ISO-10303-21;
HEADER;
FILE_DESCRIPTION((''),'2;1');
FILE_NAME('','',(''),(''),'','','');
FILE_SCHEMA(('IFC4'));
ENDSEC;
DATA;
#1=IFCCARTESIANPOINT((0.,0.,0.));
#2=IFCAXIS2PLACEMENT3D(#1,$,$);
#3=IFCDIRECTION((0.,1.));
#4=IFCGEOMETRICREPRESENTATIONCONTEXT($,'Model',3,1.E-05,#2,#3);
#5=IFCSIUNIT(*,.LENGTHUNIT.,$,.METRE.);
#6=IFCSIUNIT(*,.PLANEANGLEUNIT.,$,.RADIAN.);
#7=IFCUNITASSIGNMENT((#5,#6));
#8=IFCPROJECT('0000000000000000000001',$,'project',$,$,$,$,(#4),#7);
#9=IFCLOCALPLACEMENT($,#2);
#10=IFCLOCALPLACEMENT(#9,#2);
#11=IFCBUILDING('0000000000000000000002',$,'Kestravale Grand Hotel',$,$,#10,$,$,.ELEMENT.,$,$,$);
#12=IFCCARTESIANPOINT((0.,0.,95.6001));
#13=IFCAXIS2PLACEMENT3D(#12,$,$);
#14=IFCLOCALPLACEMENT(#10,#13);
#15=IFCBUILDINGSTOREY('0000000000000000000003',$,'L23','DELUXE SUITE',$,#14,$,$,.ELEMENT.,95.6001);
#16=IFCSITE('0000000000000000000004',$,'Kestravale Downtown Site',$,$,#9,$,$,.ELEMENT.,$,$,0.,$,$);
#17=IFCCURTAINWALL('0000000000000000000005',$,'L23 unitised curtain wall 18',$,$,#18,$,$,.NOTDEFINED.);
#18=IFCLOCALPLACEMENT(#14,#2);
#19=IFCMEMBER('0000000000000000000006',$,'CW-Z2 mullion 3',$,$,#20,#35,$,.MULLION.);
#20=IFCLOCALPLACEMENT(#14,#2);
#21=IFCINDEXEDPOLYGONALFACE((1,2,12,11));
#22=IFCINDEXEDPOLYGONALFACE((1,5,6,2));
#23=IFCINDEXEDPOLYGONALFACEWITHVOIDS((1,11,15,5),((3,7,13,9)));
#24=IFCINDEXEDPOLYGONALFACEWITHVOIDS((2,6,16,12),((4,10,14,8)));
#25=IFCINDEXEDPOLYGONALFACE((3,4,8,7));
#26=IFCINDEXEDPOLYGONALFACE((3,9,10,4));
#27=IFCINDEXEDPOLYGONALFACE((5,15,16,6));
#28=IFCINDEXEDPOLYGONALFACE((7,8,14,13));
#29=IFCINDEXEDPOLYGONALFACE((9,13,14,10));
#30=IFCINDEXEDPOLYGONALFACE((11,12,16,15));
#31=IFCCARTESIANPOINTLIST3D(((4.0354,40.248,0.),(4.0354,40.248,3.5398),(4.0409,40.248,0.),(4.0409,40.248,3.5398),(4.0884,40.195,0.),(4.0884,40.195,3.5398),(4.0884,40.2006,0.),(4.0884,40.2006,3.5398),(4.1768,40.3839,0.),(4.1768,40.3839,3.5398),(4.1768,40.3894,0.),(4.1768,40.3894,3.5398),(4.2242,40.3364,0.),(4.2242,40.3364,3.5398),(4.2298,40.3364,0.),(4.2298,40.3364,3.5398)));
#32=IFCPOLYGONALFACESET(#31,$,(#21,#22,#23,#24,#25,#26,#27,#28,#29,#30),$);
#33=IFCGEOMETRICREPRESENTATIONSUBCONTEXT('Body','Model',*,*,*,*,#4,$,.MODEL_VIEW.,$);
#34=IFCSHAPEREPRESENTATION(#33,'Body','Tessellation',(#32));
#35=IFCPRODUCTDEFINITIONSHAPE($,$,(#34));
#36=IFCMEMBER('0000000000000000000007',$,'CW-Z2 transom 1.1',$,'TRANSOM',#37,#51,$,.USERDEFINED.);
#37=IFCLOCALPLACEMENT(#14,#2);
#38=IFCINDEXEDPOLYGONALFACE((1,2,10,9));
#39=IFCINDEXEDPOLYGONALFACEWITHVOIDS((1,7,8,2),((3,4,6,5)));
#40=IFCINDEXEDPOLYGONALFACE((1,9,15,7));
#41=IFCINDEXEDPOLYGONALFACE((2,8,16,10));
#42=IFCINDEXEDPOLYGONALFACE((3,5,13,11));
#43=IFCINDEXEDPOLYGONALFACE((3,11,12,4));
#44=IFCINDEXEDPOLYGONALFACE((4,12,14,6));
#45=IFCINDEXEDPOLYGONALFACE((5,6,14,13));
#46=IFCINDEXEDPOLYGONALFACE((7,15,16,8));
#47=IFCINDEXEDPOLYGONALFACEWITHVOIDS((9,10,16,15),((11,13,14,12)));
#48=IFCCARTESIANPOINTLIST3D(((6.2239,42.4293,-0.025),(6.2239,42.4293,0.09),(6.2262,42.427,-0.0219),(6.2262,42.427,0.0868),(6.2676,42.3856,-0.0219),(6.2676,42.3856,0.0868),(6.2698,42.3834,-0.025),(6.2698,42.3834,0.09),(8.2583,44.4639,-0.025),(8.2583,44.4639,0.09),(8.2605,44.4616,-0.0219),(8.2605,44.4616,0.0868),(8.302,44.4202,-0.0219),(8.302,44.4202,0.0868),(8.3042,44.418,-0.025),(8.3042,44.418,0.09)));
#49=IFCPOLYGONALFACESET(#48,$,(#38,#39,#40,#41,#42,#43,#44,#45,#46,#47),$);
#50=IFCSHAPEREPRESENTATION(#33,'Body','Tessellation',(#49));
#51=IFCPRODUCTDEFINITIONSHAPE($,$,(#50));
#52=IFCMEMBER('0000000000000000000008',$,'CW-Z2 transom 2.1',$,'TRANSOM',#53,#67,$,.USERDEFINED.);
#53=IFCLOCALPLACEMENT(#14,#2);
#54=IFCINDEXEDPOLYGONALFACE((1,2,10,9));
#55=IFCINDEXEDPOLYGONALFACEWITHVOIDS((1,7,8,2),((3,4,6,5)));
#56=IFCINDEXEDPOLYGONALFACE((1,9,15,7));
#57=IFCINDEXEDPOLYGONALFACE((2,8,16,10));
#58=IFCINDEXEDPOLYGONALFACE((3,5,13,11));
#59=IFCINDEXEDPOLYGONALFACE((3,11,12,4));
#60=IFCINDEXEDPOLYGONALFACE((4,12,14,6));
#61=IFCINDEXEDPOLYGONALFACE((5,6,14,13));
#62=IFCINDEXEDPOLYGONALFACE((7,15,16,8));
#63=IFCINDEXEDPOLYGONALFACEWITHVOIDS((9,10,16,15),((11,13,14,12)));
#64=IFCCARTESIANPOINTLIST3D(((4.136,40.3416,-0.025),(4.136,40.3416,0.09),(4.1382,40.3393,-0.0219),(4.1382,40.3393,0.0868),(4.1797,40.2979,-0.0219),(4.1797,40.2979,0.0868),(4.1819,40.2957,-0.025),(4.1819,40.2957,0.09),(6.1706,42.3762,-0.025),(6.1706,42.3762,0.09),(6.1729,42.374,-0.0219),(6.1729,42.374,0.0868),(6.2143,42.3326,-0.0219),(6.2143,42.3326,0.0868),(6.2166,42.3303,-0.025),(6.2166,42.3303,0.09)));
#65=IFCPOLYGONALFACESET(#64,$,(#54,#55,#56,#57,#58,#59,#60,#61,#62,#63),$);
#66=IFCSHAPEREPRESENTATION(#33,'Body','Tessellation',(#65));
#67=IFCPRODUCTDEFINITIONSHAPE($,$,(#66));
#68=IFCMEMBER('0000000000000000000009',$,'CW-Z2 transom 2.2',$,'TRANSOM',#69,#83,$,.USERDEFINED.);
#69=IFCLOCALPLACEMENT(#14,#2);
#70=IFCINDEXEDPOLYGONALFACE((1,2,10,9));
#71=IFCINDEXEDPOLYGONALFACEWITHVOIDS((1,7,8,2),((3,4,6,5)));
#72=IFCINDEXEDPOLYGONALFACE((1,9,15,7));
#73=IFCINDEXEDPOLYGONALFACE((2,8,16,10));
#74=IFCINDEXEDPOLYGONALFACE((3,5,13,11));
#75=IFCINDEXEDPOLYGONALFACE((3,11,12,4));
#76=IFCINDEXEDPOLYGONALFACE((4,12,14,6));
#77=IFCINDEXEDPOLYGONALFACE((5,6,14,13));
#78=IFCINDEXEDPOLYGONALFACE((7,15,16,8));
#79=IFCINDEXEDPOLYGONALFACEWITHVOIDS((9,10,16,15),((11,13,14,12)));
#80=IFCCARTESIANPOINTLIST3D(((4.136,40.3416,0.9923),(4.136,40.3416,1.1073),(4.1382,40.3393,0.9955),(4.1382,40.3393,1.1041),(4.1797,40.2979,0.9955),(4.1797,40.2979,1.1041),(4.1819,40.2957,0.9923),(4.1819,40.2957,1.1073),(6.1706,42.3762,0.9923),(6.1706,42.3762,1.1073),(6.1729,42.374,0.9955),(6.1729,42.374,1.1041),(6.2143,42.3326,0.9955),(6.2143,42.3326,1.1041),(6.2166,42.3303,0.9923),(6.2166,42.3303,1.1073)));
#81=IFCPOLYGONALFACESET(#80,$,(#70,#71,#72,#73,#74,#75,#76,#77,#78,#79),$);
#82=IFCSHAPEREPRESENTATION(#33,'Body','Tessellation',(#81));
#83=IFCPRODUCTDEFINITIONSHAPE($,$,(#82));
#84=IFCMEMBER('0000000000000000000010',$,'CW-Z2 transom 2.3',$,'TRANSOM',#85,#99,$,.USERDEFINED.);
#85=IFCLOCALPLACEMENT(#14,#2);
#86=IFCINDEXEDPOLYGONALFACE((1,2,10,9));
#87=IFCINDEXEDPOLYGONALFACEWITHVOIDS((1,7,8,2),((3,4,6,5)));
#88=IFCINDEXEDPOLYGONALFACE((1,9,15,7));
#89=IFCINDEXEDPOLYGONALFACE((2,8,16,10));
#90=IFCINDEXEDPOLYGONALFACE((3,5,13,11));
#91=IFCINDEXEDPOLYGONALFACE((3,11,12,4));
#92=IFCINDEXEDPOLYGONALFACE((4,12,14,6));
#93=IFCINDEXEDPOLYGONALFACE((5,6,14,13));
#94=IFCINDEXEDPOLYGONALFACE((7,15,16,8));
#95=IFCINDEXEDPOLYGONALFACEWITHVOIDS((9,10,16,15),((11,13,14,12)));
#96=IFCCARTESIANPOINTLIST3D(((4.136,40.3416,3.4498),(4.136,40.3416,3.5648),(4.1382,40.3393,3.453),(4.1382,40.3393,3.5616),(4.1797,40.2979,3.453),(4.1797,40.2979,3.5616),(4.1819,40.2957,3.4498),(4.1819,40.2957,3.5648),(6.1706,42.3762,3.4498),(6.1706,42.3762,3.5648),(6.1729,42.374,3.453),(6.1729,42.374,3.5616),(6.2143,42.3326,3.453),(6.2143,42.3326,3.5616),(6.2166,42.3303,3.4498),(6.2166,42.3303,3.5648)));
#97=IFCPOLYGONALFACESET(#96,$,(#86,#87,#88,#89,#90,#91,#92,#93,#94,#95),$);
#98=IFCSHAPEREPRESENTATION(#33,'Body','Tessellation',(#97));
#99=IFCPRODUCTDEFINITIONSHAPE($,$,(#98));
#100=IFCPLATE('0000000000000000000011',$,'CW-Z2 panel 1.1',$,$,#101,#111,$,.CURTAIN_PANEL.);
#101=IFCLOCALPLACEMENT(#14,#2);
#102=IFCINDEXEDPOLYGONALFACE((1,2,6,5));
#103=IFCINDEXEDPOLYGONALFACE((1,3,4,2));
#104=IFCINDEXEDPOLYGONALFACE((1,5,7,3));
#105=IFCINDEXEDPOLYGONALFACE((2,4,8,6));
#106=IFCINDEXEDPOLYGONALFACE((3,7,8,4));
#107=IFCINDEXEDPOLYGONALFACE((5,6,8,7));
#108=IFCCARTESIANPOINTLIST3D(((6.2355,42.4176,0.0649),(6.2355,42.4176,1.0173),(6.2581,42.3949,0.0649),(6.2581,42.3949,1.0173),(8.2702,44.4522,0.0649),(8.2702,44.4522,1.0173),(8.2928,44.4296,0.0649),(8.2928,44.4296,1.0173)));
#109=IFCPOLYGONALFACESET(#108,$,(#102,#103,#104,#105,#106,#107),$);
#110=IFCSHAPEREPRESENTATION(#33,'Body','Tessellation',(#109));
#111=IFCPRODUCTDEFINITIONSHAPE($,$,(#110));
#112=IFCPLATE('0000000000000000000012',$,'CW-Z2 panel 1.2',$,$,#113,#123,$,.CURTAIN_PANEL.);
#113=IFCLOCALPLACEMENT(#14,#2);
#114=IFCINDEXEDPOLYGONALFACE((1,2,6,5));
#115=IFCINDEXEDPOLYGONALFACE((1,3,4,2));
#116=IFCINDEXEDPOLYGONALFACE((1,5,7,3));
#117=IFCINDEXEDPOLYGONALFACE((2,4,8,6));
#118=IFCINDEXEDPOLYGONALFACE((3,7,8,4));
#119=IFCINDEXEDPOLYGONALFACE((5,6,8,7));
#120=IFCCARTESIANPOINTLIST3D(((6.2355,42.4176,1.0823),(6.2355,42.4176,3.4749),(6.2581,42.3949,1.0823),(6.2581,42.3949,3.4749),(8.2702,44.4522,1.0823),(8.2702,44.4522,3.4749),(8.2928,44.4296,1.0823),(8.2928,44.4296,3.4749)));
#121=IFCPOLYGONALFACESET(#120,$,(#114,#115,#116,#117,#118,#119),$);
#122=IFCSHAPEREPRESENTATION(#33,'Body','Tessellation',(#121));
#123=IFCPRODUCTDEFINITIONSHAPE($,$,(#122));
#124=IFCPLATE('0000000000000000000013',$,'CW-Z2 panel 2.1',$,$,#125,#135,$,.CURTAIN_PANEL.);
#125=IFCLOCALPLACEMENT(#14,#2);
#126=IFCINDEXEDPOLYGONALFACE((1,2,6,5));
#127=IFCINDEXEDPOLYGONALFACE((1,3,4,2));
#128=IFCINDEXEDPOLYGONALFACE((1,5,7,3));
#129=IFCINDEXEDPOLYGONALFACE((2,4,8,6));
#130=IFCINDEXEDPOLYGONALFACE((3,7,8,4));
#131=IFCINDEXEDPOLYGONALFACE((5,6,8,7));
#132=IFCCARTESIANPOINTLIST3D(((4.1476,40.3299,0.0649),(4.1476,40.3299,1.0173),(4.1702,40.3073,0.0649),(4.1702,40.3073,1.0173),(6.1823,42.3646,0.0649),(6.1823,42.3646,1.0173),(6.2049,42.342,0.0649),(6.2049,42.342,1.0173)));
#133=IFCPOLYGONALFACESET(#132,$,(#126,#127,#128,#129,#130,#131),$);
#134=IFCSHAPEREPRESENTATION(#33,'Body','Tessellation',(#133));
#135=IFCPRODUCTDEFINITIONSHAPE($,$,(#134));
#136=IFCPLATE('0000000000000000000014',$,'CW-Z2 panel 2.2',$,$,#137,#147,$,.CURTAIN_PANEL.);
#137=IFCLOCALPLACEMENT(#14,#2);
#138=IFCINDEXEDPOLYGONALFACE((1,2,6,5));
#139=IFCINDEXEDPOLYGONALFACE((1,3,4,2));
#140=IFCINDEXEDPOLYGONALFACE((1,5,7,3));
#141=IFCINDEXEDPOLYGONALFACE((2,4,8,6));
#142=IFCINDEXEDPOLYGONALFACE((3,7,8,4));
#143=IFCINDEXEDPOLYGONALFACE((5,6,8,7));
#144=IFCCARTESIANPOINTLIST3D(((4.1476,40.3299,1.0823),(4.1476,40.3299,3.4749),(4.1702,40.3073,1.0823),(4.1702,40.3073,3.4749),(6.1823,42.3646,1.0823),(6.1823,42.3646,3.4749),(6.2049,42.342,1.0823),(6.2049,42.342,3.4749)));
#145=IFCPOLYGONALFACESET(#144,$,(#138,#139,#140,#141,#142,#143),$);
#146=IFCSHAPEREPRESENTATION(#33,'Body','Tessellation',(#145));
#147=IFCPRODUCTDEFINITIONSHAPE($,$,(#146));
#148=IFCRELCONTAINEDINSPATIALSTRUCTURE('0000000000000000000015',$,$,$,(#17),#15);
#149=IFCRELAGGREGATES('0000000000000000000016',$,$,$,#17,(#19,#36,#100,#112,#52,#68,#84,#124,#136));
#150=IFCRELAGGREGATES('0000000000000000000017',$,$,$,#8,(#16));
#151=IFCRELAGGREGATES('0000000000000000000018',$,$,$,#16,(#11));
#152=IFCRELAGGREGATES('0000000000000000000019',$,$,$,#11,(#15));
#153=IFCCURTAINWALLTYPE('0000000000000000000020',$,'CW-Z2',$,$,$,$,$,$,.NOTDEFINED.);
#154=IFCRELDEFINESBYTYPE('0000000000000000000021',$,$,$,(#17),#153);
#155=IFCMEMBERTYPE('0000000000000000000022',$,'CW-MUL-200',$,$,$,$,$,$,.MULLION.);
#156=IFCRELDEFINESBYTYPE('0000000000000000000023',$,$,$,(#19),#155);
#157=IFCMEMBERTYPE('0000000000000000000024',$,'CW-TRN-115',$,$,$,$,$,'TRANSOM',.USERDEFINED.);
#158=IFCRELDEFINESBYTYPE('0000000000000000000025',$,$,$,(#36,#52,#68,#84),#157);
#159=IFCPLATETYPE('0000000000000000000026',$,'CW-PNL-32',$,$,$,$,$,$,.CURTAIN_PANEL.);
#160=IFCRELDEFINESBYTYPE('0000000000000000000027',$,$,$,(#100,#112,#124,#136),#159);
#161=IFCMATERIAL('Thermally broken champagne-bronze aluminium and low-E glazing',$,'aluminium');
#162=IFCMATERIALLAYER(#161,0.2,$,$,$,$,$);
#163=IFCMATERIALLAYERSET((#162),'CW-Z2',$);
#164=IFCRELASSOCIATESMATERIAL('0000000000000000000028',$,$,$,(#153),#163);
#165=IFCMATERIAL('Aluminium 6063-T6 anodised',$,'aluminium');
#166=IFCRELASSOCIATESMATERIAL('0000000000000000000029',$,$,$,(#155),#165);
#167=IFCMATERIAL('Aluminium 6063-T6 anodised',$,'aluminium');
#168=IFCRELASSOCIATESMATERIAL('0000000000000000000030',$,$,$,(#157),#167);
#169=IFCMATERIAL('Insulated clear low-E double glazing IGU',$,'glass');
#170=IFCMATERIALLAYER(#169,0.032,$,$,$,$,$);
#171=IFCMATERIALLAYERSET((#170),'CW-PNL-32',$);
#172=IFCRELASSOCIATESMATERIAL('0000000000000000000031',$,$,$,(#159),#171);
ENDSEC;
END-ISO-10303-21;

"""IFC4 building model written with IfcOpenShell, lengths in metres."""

from ifc_helpers import new_model, si_unit, direction, frame, origin, origin_2d, place, context, subcontext, project, spatial, rectangle, hollow_rectangle, extrude, material, layer, layer_set, material_profile, profile_set, type_object, element, aggregate, save


model = new_model("IFC4")

# Units and contexts
model_context = context("Model", 3, precision=1e-05, world=origin(), true_north=direction((0.0, 1.0)))
body_context = subcontext(model_context, "Body", "Model", "MODEL_VIEW")
ifc_project = project(units=[si_unit("LENGTHUNIT", "METRE"), si_unit("PLANEANGLEUNIT", "RADIAN")], contexts=[model_context])

# Site, building, storey
site_placement = place(None, origin())
site = spatial("IfcSite", under=ifc_project, at=site_placement, Name="Kestravale Downtown Site", CompositionType="ELEMENT", RefElevation=0.0)
building_placement = place(site_placement, origin())
building = spatial("IfcBuilding", under=site, at=building_placement, Name="Kestravale Grand Hotel", CompositionType="ELEMENT")
storey_placement = place(building_placement, frame((0.0, 0.0, 95.6001)))
storey = spatial("IfcBuildingStorey", under=building, at=storey_placement, Name="L23", Description="DELUXE SUITE", CompositionType="ELEMENT", Elevation=95.6001)

# Curtain wall, members, plates
ifc_material_1 = material(Name="Thermally broken champagne-bronze aluminium and low-E glazing", Category="aluminium")
ifc_layer_1 = layer(ifc_material_1, 0.2)
ifc_layer_set_1 = layer_set([ifc_layer_1], Name="CW-Z2")
curtain_wall_type = type_object("IfcCurtainWallType", Name="CW-Z2", PredefinedType="NOTDEFINED", material=ifc_layer_set_1)
curtain_wall_placement = place(storey_placement, origin())
curtain_wall = element("IfcCurtainWall", 1, at=curtain_wall_placement, inside=storey, type_object=curtain_wall_type, Name="L23 unitised curtain wall 18", PredefinedType="NOTDEFINED")
ifc_material_2 = material(Name="Aluminium 6063-T6 anodised", Category="aluminium")
ifc_material_profile_1 = material_profile(ifc_material_2, hollow_rectangle(XDim=0.075, YDim=0.2, WallThickness=0.0039, at=origin_2d()))
ifc_profile_set_1 = profile_set([ifc_material_profile_1], Name="Aluminium 6063-T6 anodised")
member_type_1 = type_object("IfcMemberType", Name="CW-MUL-200", PredefinedType="MULLION", material=ifc_profile_set_1)
member_1_placement = place(storey_placement, frame((4.1326, 40.2922, 0.0), z_axis=(0.0, 0.0, 1.0), x_axis=(0.707107, -0.707107, 0.0)))
member_1 = element("IfcMember", 2, at=member_1_placement, type_object=member_type_1, Name="CW-Z2 mullion 3", PredefinedType="MULLION", context=body_context, shape_type="SweptSolid", body=[
    extrude(hollow_rectangle(XDim=0.075, YDim=0.2, WallThickness=0.0039, at=origin_2d()), origin(), (0.0, 0.0, 1.0), 3.5398),
])
ifc_material_3 = material(Name="Aluminium 6063-T6 anodised", Category="aluminium")
ifc_material_profile_2 = material_profile(ifc_material_3, hollow_rectangle(XDim=0.0649, YDim=0.115, WallThickness=0.0032, at=origin_2d()))
ifc_profile_set_2 = profile_set([ifc_material_profile_2], Name="Aluminium 6063-T6 anodised")
member_type_2 = type_object("IfcMemberType", Name="CW-TRN-115", ElementType="TRANSOM", PredefinedType="USERDEFINED", material=ifc_profile_set_2)
member_2_placement = place(storey_placement, frame((8.2812, 44.4409, 0.0325), z_axis=(-0.707064, -0.707149, 0.0), x_axis=(0.707149, -0.707064, 0.0)))
member_2 = element("IfcMember", 3, at=member_2_placement, type_object=member_type_2, Name="CW-Z2 transom 1.1", ObjectType="TRANSOM", PredefinedType="USERDEFINED", context=body_context, shape_type="SweptSolid", body=[
    extrude(hollow_rectangle(XDim=0.0649, YDim=0.115, WallThickness=0.0032, at=origin_2d()), origin(), (0.0, 0.0, 1.0), 2.8772),
])
member_3_placement = place(storey_placement, frame((6.1936, 42.3533, 0.0325), z_axis=(-0.707107, -0.707107, 0.0), x_axis=(0.707107, -0.707107, 0.0)))
member_3 = element("IfcMember", 4, at=member_3_placement, type_object=member_type_2, Name="CW-Z2 transom 2.1", ObjectType="TRANSOM", PredefinedType="USERDEFINED", context=body_context, shape_type="SweptSolid", body=[
    extrude(hollow_rectangle(XDim=0.0649, YDim=0.115, WallThickness=0.0032, at=origin_2d()), origin(), (0.0, 0.0, 1.0), 2.8774),
])
member_4_placement = place(storey_placement, frame((6.1936, 42.3533, 1.0498), z_axis=(-0.707107, -0.707107, 0.0), x_axis=(0.707107, -0.707107, 0.0)))
member_4 = element("IfcMember", 5, at=member_4_placement, type_object=member_type_2, Name="CW-Z2 transom 2.2", ObjectType="TRANSOM", PredefinedType="USERDEFINED", context=body_context, shape_type="SweptSolid", body=[
    extrude(hollow_rectangle(XDim=0.0649, YDim=0.115, WallThickness=0.0032, at=origin_2d()), origin(), (0.0, 0.0, 1.0), 2.8774),
])
member_5_placement = place(storey_placement, frame((6.1936, 42.3533, 3.5073), z_axis=(-0.707107, -0.707107, 0.0), x_axis=(0.707107, -0.707107, 0.0)))
member_5 = element("IfcMember", 6, at=member_5_placement, type_object=member_type_2, Name="CW-Z2 transom 2.3", ObjectType="TRANSOM", PredefinedType="USERDEFINED", context=body_context, shape_type="SweptSolid", body=[
    extrude(hollow_rectangle(XDim=0.0649, YDim=0.115, WallThickness=0.0032, at=origin_2d()), origin(), (0.0, 0.0, 1.0), 2.8774),
])
ifc_material_4 = material(Name="Insulated clear low-E double glazing IGU", Category="glass")
ifc_layer_2 = layer(ifc_material_4, 0.032)
ifc_layer_set_2 = layer_set([ifc_layer_2], Name="CW-PNL-32")
plate_type = type_object("IfcPlateType", Name="CW-PNL-32", PredefinedType="CURTAIN_PANEL", material=ifc_layer_set_2)
plate_1_placement = place(storey_placement, frame((7.2642, 43.4236, 0.0649), z_axis=(0.0, 0.0, 1.0), x_axis=(-0.707107, -0.707107, 0.0)))
plate_1 = element("IfcPlate", 7, at=plate_1_placement, type_object=plate_type, Name="CW-Z2 panel 1.1", PredefinedType="CURTAIN_PANEL", context=body_context, shape_type="SweptSolid", body=[
    extrude(rectangle(XDim=2.8774, YDim=0.032, at=origin_2d()), origin(), (0.0, 0.0, 1.0), 0.9524),
])
plate_2_placement = place(storey_placement, frame((7.2642, 43.4236, 1.0823), z_axis=(0.0, 0.0, 1.0), x_axis=(-0.707107, -0.707107, 0.0)))
plate_2 = element("IfcPlate", 8, at=plate_2_placement, type_object=plate_type, Name="CW-Z2 panel 1.2", PredefinedType="CURTAIN_PANEL", context=body_context, shape_type="SweptSolid", body=[
    extrude(rectangle(XDim=2.8774, YDim=0.032, at=origin_2d()), origin(), (0.0, 0.0, 1.0), 2.3926),
])
plate_3_placement = place(storey_placement, frame((5.1763, 41.3359, 0.0649), z_axis=(0.0, 0.0, 1.0), x_axis=(-0.707107, -0.707107, 0.0)))
plate_3 = element("IfcPlate", 9, at=plate_3_placement, type_object=plate_type, Name="CW-Z2 panel 2.1", PredefinedType="CURTAIN_PANEL", context=body_context, shape_type="SweptSolid", body=[
    extrude(rectangle(XDim=2.8774, YDim=0.032, at=origin_2d()), origin(), (0.0, 0.0, 1.0), 0.9524),
])
plate_4_placement = place(storey_placement, frame((5.1763, 41.3359, 1.0823), z_axis=(0.0, 0.0, 1.0), x_axis=(-0.707107, -0.707107, 0.0)))
plate_4 = element("IfcPlate", 10, at=plate_4_placement, type_object=plate_type, Name="CW-Z2 panel 2.2", PredefinedType="CURTAIN_PANEL", context=body_context, shape_type="SweptSolid", body=[
    extrude(rectangle(XDim=2.8774, YDim=0.032, at=origin_2d()), origin(), (0.0, 0.0, 1.0), 2.3926),
])
aggregate(curtain_wall, [member_1, member_2, plate_1, plate_2, member_3, member_4, member_5, plate_3, plate_4])

save(model, "model.ifc")
